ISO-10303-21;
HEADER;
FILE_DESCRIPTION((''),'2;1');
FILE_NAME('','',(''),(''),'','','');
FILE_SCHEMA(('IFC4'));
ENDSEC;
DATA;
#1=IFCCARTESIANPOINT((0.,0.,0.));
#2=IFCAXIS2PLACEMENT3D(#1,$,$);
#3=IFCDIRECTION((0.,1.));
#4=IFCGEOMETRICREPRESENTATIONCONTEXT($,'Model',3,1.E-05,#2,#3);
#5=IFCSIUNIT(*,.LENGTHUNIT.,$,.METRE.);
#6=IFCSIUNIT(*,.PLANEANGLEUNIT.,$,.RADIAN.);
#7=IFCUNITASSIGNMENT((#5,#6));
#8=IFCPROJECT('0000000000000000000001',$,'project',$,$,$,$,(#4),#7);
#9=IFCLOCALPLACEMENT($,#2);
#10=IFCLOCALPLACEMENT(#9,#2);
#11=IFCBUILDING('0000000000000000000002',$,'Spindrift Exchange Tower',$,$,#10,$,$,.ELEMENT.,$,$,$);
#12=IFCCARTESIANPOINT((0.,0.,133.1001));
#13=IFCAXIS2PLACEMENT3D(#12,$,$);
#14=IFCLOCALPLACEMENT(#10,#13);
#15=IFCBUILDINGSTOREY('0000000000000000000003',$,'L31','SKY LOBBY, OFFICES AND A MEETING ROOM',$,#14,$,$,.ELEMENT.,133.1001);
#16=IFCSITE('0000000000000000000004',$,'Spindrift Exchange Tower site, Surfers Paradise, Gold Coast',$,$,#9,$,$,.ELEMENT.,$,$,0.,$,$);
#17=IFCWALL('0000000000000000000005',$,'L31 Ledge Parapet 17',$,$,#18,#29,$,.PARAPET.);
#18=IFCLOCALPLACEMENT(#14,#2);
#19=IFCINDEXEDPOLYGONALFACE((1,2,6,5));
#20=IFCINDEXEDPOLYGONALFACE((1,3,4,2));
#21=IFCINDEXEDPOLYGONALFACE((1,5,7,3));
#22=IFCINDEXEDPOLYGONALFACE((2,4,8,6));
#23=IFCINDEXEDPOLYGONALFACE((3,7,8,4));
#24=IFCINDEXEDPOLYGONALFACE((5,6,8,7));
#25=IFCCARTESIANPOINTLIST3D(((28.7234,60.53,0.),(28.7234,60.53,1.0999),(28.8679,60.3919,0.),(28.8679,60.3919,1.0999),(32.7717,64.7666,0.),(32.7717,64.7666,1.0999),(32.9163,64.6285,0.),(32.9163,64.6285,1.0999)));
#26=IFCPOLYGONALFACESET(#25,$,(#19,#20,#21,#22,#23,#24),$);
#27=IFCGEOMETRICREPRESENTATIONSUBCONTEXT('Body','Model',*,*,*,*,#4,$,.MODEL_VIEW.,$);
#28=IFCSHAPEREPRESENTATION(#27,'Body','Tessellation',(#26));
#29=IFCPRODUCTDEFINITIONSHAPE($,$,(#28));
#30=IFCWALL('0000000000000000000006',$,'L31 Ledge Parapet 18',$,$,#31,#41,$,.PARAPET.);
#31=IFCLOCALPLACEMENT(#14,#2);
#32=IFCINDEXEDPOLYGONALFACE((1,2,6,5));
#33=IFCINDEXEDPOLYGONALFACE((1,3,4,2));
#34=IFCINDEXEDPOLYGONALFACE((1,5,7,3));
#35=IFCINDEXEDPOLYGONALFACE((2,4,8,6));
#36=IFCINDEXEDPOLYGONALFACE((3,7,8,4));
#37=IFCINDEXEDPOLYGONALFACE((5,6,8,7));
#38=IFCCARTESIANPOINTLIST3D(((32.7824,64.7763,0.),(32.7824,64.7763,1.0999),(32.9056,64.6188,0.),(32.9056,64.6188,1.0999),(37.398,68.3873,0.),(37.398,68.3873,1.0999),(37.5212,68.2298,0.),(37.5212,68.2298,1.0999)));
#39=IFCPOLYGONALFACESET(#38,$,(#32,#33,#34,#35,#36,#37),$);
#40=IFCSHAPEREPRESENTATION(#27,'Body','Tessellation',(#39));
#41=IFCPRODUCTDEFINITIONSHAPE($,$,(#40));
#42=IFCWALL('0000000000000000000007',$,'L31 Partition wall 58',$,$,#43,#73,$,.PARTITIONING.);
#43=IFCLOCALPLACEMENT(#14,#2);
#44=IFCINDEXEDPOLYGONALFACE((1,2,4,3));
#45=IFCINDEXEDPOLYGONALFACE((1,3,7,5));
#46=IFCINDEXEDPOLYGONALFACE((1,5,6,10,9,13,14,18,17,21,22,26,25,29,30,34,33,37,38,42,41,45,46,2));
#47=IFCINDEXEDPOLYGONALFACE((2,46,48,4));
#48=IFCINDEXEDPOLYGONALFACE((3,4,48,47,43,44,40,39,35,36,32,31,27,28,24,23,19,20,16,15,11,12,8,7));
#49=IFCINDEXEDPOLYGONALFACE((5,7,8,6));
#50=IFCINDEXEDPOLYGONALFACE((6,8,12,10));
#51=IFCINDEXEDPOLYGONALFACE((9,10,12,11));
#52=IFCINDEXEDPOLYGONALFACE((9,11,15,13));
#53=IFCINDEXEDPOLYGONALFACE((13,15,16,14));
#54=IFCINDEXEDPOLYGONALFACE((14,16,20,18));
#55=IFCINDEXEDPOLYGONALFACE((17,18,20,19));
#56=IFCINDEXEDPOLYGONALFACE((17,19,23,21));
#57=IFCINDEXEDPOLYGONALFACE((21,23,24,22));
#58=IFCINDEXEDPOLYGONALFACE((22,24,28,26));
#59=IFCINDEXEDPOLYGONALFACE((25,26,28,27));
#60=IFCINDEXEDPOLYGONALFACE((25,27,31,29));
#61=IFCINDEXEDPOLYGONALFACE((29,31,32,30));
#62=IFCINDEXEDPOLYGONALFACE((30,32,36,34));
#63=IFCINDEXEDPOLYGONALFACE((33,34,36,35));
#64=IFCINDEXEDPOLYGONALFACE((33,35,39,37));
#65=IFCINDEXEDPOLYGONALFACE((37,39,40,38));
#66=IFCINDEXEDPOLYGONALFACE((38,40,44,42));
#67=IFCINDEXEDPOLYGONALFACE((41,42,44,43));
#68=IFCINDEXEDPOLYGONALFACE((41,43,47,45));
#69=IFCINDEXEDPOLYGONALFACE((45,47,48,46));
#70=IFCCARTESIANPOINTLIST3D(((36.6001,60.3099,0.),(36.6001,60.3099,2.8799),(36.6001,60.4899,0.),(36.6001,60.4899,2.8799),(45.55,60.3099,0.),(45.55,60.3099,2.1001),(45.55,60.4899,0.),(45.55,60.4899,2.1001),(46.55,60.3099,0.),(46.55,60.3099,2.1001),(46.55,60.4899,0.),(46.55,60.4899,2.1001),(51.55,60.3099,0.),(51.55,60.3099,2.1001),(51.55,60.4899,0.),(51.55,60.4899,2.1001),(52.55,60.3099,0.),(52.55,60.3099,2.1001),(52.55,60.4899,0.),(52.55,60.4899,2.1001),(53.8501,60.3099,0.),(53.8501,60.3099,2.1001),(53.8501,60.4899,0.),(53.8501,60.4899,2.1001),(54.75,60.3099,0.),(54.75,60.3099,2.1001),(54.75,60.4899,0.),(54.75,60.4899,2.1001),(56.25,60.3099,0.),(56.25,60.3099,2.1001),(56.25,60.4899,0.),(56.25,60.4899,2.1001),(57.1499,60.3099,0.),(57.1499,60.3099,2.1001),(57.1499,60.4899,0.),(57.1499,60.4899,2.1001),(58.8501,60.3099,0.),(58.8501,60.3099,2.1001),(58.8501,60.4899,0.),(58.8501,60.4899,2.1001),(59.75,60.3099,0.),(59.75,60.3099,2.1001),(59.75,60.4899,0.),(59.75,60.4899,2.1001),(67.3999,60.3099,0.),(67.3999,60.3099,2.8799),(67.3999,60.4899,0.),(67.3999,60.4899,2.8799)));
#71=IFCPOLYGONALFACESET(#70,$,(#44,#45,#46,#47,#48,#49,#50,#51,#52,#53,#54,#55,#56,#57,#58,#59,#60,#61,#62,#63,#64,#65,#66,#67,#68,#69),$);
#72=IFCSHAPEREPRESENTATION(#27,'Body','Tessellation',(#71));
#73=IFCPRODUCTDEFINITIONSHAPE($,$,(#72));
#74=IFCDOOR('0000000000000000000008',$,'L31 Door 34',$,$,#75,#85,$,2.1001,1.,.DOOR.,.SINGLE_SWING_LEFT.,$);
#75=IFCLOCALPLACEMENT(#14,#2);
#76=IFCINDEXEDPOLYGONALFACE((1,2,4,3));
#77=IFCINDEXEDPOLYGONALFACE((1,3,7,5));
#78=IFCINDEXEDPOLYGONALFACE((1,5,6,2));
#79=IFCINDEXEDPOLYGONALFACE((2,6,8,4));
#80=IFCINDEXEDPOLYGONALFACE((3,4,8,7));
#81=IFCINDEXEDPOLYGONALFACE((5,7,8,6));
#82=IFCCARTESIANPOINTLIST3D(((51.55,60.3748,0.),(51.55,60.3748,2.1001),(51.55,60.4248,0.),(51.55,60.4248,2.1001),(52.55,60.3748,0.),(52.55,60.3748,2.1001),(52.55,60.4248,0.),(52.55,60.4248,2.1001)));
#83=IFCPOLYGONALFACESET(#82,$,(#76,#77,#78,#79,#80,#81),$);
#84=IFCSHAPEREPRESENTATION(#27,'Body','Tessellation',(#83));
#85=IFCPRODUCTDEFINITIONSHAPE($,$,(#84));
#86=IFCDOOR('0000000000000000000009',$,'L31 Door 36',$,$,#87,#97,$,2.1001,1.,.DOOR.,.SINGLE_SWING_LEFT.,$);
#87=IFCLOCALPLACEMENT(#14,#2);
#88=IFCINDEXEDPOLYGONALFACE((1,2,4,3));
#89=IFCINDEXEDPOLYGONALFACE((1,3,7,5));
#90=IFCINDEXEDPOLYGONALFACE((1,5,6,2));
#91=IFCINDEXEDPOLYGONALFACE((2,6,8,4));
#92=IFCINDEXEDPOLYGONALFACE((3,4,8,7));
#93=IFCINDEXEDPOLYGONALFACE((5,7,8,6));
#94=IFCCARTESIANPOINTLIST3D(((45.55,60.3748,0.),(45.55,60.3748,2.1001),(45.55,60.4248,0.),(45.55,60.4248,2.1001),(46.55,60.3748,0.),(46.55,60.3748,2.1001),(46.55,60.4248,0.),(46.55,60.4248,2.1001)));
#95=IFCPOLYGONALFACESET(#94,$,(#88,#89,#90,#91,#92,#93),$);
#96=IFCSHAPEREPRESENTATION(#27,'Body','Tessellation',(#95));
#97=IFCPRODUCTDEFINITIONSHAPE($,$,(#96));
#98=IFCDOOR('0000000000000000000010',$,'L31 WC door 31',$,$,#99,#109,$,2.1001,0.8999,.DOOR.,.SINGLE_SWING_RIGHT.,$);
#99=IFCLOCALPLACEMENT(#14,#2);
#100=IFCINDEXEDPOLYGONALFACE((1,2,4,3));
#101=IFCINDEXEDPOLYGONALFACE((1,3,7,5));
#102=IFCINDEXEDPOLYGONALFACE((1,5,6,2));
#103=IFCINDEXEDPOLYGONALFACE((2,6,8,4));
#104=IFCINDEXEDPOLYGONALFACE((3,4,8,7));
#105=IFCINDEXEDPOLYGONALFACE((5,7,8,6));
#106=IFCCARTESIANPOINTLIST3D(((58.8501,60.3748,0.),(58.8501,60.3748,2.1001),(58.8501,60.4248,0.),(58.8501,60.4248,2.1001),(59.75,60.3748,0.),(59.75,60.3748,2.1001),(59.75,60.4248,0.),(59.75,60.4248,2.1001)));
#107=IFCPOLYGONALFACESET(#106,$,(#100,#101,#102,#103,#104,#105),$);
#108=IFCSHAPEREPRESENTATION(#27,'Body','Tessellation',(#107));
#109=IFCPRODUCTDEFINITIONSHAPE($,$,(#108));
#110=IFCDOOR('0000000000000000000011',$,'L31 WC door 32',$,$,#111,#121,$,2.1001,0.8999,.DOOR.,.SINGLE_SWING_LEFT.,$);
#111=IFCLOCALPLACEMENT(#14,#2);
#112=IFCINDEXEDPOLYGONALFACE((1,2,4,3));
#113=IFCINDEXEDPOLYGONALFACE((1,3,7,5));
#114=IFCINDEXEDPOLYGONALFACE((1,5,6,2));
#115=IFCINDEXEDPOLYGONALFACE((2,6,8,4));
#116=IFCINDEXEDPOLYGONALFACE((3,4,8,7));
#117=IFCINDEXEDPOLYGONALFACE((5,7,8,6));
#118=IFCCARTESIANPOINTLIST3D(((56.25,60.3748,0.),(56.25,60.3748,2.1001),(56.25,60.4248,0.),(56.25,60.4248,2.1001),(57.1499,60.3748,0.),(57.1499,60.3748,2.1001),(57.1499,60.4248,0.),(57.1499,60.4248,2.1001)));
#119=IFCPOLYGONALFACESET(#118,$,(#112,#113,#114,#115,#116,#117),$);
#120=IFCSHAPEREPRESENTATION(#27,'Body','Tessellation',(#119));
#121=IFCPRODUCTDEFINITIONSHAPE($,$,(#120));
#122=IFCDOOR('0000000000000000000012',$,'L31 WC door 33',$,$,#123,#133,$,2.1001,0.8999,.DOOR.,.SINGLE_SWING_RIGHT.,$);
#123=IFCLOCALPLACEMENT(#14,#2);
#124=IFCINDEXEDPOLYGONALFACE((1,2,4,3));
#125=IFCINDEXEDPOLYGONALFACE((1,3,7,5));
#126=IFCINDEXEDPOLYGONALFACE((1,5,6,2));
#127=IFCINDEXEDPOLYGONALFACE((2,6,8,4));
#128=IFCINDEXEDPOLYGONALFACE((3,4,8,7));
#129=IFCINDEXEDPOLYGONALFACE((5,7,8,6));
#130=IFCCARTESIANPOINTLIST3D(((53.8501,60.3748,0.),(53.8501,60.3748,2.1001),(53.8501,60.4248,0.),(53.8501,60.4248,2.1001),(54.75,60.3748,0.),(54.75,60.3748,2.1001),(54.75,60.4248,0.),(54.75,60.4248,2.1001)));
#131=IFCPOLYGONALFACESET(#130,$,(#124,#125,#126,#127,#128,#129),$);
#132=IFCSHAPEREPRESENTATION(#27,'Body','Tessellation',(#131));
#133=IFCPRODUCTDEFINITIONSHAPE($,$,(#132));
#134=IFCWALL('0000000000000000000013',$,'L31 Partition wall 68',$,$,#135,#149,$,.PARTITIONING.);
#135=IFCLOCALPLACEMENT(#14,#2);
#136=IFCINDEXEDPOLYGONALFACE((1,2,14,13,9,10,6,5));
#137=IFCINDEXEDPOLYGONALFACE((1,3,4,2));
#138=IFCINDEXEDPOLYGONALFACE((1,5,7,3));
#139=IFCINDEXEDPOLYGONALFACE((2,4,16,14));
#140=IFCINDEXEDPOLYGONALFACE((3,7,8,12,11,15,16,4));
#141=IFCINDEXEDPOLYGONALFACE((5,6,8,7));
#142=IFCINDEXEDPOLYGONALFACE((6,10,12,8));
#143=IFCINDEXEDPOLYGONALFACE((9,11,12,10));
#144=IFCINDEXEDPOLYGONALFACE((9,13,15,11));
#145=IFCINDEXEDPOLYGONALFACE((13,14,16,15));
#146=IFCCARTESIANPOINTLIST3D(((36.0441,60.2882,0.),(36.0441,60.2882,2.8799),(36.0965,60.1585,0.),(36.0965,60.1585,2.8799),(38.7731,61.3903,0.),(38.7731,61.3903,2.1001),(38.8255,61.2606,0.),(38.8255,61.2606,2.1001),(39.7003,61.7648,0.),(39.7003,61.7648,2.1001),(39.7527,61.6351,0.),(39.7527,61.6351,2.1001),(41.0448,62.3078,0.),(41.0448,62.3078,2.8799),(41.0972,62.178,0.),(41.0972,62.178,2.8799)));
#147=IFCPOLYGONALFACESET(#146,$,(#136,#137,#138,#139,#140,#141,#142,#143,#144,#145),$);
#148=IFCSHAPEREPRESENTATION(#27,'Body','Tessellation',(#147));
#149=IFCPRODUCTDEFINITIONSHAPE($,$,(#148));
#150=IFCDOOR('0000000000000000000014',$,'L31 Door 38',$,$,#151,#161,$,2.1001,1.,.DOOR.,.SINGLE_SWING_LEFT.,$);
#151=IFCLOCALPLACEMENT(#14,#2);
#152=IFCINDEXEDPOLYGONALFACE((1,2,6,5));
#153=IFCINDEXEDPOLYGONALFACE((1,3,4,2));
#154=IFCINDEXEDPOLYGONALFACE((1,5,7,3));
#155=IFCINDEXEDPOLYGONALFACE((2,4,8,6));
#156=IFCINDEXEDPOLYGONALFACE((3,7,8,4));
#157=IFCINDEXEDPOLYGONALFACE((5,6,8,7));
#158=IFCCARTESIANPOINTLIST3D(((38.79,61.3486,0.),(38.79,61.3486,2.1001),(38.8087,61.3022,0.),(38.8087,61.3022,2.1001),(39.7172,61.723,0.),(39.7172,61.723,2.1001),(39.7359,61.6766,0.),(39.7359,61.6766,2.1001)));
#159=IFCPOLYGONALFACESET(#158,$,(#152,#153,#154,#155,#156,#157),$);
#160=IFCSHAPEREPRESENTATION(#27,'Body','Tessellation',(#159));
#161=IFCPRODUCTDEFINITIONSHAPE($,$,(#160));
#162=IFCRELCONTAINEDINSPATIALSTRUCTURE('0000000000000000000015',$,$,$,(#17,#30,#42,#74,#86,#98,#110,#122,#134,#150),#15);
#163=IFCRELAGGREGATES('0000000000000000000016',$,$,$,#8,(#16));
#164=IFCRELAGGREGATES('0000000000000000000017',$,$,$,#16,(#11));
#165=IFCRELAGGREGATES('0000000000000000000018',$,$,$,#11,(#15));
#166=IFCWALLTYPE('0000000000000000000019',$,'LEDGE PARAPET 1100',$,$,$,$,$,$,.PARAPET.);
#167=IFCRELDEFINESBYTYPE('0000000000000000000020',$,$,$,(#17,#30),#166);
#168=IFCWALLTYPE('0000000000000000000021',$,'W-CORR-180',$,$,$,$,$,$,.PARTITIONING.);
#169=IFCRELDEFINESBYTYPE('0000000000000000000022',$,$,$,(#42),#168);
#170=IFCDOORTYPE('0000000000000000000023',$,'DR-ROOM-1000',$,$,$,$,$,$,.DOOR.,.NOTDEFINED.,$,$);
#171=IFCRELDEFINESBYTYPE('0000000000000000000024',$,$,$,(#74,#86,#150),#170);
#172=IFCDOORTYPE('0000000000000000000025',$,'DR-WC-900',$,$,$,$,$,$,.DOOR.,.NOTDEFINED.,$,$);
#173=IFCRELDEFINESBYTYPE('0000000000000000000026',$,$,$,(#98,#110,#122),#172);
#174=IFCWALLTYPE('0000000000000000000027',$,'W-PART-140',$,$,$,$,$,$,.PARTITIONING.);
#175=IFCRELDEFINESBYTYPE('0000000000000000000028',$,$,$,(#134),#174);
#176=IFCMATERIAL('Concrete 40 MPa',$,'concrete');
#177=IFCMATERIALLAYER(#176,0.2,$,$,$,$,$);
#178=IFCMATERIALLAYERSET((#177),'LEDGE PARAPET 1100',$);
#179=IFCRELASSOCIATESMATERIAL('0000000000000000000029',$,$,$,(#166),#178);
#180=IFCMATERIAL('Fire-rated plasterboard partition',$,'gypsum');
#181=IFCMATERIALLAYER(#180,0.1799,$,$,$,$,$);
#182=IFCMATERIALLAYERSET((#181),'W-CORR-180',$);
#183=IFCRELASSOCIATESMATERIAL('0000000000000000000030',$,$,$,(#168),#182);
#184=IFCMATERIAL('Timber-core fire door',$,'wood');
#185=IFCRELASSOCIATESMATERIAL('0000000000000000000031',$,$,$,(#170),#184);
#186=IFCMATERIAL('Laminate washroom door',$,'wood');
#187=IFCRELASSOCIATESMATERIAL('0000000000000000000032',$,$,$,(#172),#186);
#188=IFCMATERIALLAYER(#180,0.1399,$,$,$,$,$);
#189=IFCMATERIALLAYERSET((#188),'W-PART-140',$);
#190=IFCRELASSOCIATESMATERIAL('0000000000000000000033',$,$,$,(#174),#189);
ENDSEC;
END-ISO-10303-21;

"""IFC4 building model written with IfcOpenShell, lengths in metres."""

from ifc_helpers import new_model, si_unit, direction, frame, frame_2d, origin, place, context, subcontext, project, spatial, rectangle, extrude, source, transform, mapped, material, layer, layer_set, type_object, element, fill, save


model = new_model("IFC4")

# Units and contexts
model_context = context("Model", 3, precision=1e-05, world=origin(), true_north=direction((0.0, 1.0)))
body_context = subcontext(model_context, "Body", "Model", "MODEL_VIEW")
ifc_project = project(units=[si_unit("LENGTHUNIT", "METRE"), si_unit("PLANEANGLEUNIT", "RADIAN")], contexts=[model_context])

# Site, building, storey
site_placement = place(None, origin())
site = spatial("IfcSite", under=ifc_project, at=site_placement, Name="Spindrift Exchange Tower site, Surfers Paradise, Gold Coast", CompositionType="ELEMENT", RefElevation=0.0)
building_placement = place(site_placement, origin())
building = spatial("IfcBuilding", under=site, at=building_placement, Name="Spindrift Exchange Tower", CompositionType="ELEMENT")
storey_placement = place(building_placement, frame((0.0, 0.0, 133.1001)))
storey = spatial("IfcBuildingStorey", under=building, at=storey_placement, Name="L31", Description="SKY LOBBY, OFFICES AND A MEETING ROOM", CompositionType="ELEMENT", Elevation=133.1001)

# Walls
ifc_material_1 = material(Name="Concrete 40 MPa", Category="concrete")
ifc_layer_1 = layer(ifc_material_1, 0.2)
ifc_layer_set_1 = layer_set([ifc_layer_1], Name="LEDGE PARAPET 1100")
wall_type_1 = type_object("IfcWallType", Name="LEDGE PARAPET 1100", PredefinedType="PARAPET", material=ifc_layer_set_1)
wall_1_placement = place(storey_placement, frame((28.7957, 60.4609, 0.0), z_axis=(0.0, 0.0, 1.0), x_axis=(0.690863, 0.722986, 0.0)))
element("IfcWall", 1, at=wall_1_placement, inside=storey, type_object=wall_type_1, Name="L31 Ledge Parapet 17", PredefinedType="PARAPET", context=body_context, shape_type="SweptSolid", body=[
    extrude(rectangle(XDim=5.8599, YDim=0.2, at=frame_2d((2.9299, 0.0))), origin(), (0.0, 0.0, 1.0), 1.0999),
])
wall_2_placement = place(storey_placement, frame((32.844, 64.6975, 0.0), z_axis=(0.0, 0.0, 1.0), x_axis=(0.787606, 0.616179, 0.0)))
element("IfcWall", 2, at=wall_2_placement, inside=storey, type_object=wall_type_1, Name="L31 Ledge Parapet 18", PredefinedType="PARAPET", context=body_context, shape_type="SweptSolid", body=[
    extrude(rectangle(XDim=5.8604, YDim=0.2, at=frame_2d((2.9302, 0.0))), origin(), (0.0, 0.0, 1.0), 1.0999),
])

# Wall, openings, doors
ifc_material_2 = material(Name="Fire-rated plasterboard partition", Category="gypsum")
ifc_layer_2 = layer(ifc_material_2, 0.1799)
ifc_layer_set_2 = layer_set([ifc_layer_2], Name="W-CORR-180")
wall_type_2 = type_object("IfcWallType", Name="W-CORR-180", PredefinedType="PARTITIONING", material=ifc_layer_set_2)
wall_3_placement = place(storey_placement, frame((36.6001, 60.3999, 0.0), z_axis=(0.0, 0.0, 1.0), x_axis=(1.0, 0.0, 0.0)))
wall_3 = element("IfcWall", 3, at=wall_3_placement, inside=storey, type_object=wall_type_2, Name="L31 Partition wall 58", PredefinedType="PARTITIONING", context=body_context, shape_type="SweptSolid", body=[
    extrude(rectangle(XDim=30.7998, YDim=0.1799, at=frame_2d((15.3999, 0.0))), origin(), (0.0, 0.0, 1.0), 2.8799),
])
opening_1_placement = place(wall_3_placement, frame((22.25, 0.0, 0.0)))
opening_1 = element("IfcOpeningElement", 4, at=opening_1_placement, cuts=wall_3, PredefinedType="OPENING", context=body_context, shape_type="SweptSolid", body=[
    extrude(rectangle(XDim=0.8999, YDim=2.1001, at=frame_2d((0.45, 1.05))), frame((0.0, 0.0999, 0.0), z_axis=(0.0, -1.0, 0.0), x_axis=(1.0, 0.0, 0.0)), (0.0, 0.0, 1.0), 0.2),
])
opening_2_placement = place(wall_3_placement, frame((19.6499, 0.0, 0.0)))
opening_2 = element("IfcOpeningElement", 5, at=opening_2_placement, cuts=wall_3, PredefinedType="OPENING", context=body_context, shape_type="SweptSolid", body=[
    extrude(rectangle(XDim=0.8999, YDim=2.1001, at=frame_2d((0.45, 1.05))), frame((0.0, 0.0999, 0.0), z_axis=(0.0, -1.0, 0.0), x_axis=(1.0, 0.0, 0.0)), (0.0, 0.0, 1.0), 0.2),
])
opening_3_placement = place(wall_3_placement, frame((17.25, 0.0, 0.0)))
opening_3 = element("IfcOpeningElement", 6, at=opening_3_placement, cuts=wall_3, PredefinedType="OPENING", context=body_context, shape_type="SweptSolid", body=[
    extrude(rectangle(XDim=0.8999, YDim=2.1001, at=frame_2d((0.45, 1.05))), frame((0.0, 0.0999, 0.0), z_axis=(0.0, -1.0, 0.0), x_axis=(1.0, 0.0, 0.0)), (0.0, 0.0, 1.0), 0.2),
])
opening_4_placement = place(wall_3_placement, frame((14.95, 0.0, 0.0)))
opening_4 = element("IfcOpeningElement", 7, at=opening_4_placement, cuts=wall_3, PredefinedType="OPENING", context=body_context, shape_type="SweptSolid", body=[
    extrude(rectangle(XDim=1.0, YDim=2.1001, at=frame_2d((0.5, 1.05))), frame((0.0, 0.0999, 0.0), z_axis=(0.0, -1.0, 0.0), x_axis=(1.0, 0.0, 0.0)), (0.0, 0.0, 1.0), 0.2),
])
opening_5_placement = place(wall_3_placement, frame((8.95, 0.0, 0.0)))
opening_5 = element("IfcOpeningElement", 8, at=opening_5_placement, cuts=wall_3, PredefinedType="OPENING", context=body_context, shape_type="SweptSolid", body=[
    extrude(rectangle(XDim=1.0, YDim=2.1001, at=frame_2d((0.5, 1.05))), frame((0.0, 0.0999, 0.0), z_axis=(0.0, -1.0, 0.0), x_axis=(1.0, 0.0, 0.0)), (0.0, 0.0, 1.0), 0.2),
])
ifc_material_3 = material(Name="Timber-core fire door", Category="wood")
door_type_1 = type_object("IfcDoorType", Name="DR-ROOM-1000", OperationType="NOTDEFINED", PredefinedType="DOOR", material=ifc_material_3)
shared_shape_1 = source(origin(), body_context, "Body", "SweptSolid", [
    extrude(rectangle(XDim=1.0, YDim=2.1001, at=frame_2d((0.5, 1.05))), frame((0.0, 0.0249, 0.0), z_axis=(0.0, -1.0, 0.0), x_axis=(1.0, 0.0, 0.0)), (0.0, 0.0, 1.0), 0.05),
])
door_1_placement = place(opening_4_placement, origin())
door_1 = element("IfcDoor", 9, at=door_1_placement, inside=storey, type_object=door_type_1, Name="L31 Door 34", OperationType="SINGLE_SWING_LEFT", OverallHeight=2.1001, OverallWidth=1.0, PredefinedType="DOOR", context=body_context, shape_type="MappedRepresentation", body=[
    mapped(shared_shape_1, transform((0.0, 0.0, 0.0), scale=1.0)),
])
fill(opening_4, door_1)
door_2_placement = place(opening_5_placement, origin())
door_2 = element("IfcDoor", 10, at=door_2_placement, inside=storey, type_object=door_type_1, Name="L31 Door 36", OperationType="SINGLE_SWING_LEFT", OverallHeight=2.1001, OverallWidth=1.0, PredefinedType="DOOR", context=body_context, shape_type="MappedRepresentation", body=[
    mapped(shared_shape_1, transform((0.0, 0.0, 0.0), scale=1.0)),
])
fill(opening_5, door_2)
ifc_material_4 = material(Name="Laminate washroom door", Category="wood")
door_type_2 = type_object("IfcDoorType", Name="DR-WC-900", OperationType="NOTDEFINED", PredefinedType="DOOR", material=ifc_material_4)
shared_shape_2 = source(origin(), body_context, "Body", "SweptSolid", [
    extrude(rectangle(XDim=0.8999, YDim=2.1001, at=frame_2d((0.45, 1.05))), frame((0.0, 0.0249, 0.0), z_axis=(0.0, -1.0, 0.0), x_axis=(1.0, 0.0, 0.0)), (0.0, 0.0, 1.0), 0.05),
])
door_3_placement = place(opening_1_placement, origin())
door_3 = element("IfcDoor", 11, at=door_3_placement, inside=storey, type_object=door_type_2, Name="L31 WC door 31", OperationType="SINGLE_SWING_RIGHT", OverallHeight=2.1001, OverallWidth=0.8999, PredefinedType="DOOR", context=body_context, shape_type="MappedRepresentation", body=[
    mapped(shared_shape_2, transform((0.0, 0.0, 0.0), scale=1.0)),
])
fill(opening_1, door_3)
door_4_placement = place(opening_2_placement, origin())
door_4 = element("IfcDoor", 12, at=door_4_placement, inside=storey, type_object=door_type_2, Name="L31 WC door 32", OperationType="SINGLE_SWING_LEFT", OverallHeight=2.1001, OverallWidth=0.8999, PredefinedType="DOOR", context=body_context, shape_type="MappedRepresentation", body=[
    mapped(shared_shape_2, transform((0.0, 0.0, 0.0), scale=1.0)),
])
fill(opening_2, door_4)
door_5_placement = place(opening_3_placement, origin())
door_5 = element("IfcDoor", 13, at=door_5_placement, inside=storey, type_object=door_type_2, Name="L31 WC door 33", OperationType="SINGLE_SWING_RIGHT", OverallHeight=2.1001, OverallWidth=0.8999, PredefinedType="DOOR", context=body_context, shape_type="MappedRepresentation", body=[
    mapped(shared_shape_2, transform((0.0, 0.0, 0.0), scale=1.0)),
])
fill(opening_3, door_5)

# Wall, opening, door
ifc_layer_3 = layer(ifc_material_2, 0.1399)
ifc_layer_set_3 = layer_set([ifc_layer_3], Name="W-PART-140")
wall_type_3 = type_object("IfcWallType", Name="W-PART-140", PredefinedType="PARTITIONING", material=ifc_layer_set_3)
wall_4_placement = place(storey_placement, frame((36.0703, 60.2234, 0.0), z_axis=(0.0, 0.0, 1.0), x_axis=(0.927242, 0.374464, 0.0)))
wall_4 = element("IfcWall", 14, at=wall_4_placement, inside=storey, type_object=wall_type_3, Name="L31 Partition wall 68", PredefinedType="PARTITIONING", context=body_context, shape_type="SweptSolid", body=[
    extrude(rectangle(XDim=5.3931, YDim=0.1399, at=frame_2d((2.6965, 0.0))), origin(), (0.0, 0.0, 1.0), 2.8799),
])
opening_6_placement = place(wall_4_placement, frame((2.9431, 0.0, 0.0)))
opening_6 = element("IfcOpeningElement", 15, at=opening_6_placement, cuts=wall_4, PredefinedType="OPENING", context=body_context, shape_type="SweptSolid", body=[
    extrude(rectangle(XDim=1.0, YDim=2.1001, at=frame_2d((0.5, 1.05))), frame((0.0, 0.0798, 0.0), z_axis=(0.0, -1.0, 0.0), x_axis=(1.0, 0.0, 0.0)), (0.0, 0.0, 1.0), 0.1599),
])
door_6_placement = place(opening_6_placement, origin())
door_6 = element("IfcDoor", 16, at=door_6_placement, inside=storey, type_object=door_type_1, Name="L31 Door 38", OperationType="SINGLE_SWING_LEFT", OverallHeight=2.1001, OverallWidth=1.0, PredefinedType="DOOR", context=body_context, shape_type="MappedRepresentation", body=[
    mapped(shared_shape_1, transform((0.0, 0.0, 0.0), scale=1.0)),
])
fill(opening_6, door_6)

save(model, "model.ifc")
